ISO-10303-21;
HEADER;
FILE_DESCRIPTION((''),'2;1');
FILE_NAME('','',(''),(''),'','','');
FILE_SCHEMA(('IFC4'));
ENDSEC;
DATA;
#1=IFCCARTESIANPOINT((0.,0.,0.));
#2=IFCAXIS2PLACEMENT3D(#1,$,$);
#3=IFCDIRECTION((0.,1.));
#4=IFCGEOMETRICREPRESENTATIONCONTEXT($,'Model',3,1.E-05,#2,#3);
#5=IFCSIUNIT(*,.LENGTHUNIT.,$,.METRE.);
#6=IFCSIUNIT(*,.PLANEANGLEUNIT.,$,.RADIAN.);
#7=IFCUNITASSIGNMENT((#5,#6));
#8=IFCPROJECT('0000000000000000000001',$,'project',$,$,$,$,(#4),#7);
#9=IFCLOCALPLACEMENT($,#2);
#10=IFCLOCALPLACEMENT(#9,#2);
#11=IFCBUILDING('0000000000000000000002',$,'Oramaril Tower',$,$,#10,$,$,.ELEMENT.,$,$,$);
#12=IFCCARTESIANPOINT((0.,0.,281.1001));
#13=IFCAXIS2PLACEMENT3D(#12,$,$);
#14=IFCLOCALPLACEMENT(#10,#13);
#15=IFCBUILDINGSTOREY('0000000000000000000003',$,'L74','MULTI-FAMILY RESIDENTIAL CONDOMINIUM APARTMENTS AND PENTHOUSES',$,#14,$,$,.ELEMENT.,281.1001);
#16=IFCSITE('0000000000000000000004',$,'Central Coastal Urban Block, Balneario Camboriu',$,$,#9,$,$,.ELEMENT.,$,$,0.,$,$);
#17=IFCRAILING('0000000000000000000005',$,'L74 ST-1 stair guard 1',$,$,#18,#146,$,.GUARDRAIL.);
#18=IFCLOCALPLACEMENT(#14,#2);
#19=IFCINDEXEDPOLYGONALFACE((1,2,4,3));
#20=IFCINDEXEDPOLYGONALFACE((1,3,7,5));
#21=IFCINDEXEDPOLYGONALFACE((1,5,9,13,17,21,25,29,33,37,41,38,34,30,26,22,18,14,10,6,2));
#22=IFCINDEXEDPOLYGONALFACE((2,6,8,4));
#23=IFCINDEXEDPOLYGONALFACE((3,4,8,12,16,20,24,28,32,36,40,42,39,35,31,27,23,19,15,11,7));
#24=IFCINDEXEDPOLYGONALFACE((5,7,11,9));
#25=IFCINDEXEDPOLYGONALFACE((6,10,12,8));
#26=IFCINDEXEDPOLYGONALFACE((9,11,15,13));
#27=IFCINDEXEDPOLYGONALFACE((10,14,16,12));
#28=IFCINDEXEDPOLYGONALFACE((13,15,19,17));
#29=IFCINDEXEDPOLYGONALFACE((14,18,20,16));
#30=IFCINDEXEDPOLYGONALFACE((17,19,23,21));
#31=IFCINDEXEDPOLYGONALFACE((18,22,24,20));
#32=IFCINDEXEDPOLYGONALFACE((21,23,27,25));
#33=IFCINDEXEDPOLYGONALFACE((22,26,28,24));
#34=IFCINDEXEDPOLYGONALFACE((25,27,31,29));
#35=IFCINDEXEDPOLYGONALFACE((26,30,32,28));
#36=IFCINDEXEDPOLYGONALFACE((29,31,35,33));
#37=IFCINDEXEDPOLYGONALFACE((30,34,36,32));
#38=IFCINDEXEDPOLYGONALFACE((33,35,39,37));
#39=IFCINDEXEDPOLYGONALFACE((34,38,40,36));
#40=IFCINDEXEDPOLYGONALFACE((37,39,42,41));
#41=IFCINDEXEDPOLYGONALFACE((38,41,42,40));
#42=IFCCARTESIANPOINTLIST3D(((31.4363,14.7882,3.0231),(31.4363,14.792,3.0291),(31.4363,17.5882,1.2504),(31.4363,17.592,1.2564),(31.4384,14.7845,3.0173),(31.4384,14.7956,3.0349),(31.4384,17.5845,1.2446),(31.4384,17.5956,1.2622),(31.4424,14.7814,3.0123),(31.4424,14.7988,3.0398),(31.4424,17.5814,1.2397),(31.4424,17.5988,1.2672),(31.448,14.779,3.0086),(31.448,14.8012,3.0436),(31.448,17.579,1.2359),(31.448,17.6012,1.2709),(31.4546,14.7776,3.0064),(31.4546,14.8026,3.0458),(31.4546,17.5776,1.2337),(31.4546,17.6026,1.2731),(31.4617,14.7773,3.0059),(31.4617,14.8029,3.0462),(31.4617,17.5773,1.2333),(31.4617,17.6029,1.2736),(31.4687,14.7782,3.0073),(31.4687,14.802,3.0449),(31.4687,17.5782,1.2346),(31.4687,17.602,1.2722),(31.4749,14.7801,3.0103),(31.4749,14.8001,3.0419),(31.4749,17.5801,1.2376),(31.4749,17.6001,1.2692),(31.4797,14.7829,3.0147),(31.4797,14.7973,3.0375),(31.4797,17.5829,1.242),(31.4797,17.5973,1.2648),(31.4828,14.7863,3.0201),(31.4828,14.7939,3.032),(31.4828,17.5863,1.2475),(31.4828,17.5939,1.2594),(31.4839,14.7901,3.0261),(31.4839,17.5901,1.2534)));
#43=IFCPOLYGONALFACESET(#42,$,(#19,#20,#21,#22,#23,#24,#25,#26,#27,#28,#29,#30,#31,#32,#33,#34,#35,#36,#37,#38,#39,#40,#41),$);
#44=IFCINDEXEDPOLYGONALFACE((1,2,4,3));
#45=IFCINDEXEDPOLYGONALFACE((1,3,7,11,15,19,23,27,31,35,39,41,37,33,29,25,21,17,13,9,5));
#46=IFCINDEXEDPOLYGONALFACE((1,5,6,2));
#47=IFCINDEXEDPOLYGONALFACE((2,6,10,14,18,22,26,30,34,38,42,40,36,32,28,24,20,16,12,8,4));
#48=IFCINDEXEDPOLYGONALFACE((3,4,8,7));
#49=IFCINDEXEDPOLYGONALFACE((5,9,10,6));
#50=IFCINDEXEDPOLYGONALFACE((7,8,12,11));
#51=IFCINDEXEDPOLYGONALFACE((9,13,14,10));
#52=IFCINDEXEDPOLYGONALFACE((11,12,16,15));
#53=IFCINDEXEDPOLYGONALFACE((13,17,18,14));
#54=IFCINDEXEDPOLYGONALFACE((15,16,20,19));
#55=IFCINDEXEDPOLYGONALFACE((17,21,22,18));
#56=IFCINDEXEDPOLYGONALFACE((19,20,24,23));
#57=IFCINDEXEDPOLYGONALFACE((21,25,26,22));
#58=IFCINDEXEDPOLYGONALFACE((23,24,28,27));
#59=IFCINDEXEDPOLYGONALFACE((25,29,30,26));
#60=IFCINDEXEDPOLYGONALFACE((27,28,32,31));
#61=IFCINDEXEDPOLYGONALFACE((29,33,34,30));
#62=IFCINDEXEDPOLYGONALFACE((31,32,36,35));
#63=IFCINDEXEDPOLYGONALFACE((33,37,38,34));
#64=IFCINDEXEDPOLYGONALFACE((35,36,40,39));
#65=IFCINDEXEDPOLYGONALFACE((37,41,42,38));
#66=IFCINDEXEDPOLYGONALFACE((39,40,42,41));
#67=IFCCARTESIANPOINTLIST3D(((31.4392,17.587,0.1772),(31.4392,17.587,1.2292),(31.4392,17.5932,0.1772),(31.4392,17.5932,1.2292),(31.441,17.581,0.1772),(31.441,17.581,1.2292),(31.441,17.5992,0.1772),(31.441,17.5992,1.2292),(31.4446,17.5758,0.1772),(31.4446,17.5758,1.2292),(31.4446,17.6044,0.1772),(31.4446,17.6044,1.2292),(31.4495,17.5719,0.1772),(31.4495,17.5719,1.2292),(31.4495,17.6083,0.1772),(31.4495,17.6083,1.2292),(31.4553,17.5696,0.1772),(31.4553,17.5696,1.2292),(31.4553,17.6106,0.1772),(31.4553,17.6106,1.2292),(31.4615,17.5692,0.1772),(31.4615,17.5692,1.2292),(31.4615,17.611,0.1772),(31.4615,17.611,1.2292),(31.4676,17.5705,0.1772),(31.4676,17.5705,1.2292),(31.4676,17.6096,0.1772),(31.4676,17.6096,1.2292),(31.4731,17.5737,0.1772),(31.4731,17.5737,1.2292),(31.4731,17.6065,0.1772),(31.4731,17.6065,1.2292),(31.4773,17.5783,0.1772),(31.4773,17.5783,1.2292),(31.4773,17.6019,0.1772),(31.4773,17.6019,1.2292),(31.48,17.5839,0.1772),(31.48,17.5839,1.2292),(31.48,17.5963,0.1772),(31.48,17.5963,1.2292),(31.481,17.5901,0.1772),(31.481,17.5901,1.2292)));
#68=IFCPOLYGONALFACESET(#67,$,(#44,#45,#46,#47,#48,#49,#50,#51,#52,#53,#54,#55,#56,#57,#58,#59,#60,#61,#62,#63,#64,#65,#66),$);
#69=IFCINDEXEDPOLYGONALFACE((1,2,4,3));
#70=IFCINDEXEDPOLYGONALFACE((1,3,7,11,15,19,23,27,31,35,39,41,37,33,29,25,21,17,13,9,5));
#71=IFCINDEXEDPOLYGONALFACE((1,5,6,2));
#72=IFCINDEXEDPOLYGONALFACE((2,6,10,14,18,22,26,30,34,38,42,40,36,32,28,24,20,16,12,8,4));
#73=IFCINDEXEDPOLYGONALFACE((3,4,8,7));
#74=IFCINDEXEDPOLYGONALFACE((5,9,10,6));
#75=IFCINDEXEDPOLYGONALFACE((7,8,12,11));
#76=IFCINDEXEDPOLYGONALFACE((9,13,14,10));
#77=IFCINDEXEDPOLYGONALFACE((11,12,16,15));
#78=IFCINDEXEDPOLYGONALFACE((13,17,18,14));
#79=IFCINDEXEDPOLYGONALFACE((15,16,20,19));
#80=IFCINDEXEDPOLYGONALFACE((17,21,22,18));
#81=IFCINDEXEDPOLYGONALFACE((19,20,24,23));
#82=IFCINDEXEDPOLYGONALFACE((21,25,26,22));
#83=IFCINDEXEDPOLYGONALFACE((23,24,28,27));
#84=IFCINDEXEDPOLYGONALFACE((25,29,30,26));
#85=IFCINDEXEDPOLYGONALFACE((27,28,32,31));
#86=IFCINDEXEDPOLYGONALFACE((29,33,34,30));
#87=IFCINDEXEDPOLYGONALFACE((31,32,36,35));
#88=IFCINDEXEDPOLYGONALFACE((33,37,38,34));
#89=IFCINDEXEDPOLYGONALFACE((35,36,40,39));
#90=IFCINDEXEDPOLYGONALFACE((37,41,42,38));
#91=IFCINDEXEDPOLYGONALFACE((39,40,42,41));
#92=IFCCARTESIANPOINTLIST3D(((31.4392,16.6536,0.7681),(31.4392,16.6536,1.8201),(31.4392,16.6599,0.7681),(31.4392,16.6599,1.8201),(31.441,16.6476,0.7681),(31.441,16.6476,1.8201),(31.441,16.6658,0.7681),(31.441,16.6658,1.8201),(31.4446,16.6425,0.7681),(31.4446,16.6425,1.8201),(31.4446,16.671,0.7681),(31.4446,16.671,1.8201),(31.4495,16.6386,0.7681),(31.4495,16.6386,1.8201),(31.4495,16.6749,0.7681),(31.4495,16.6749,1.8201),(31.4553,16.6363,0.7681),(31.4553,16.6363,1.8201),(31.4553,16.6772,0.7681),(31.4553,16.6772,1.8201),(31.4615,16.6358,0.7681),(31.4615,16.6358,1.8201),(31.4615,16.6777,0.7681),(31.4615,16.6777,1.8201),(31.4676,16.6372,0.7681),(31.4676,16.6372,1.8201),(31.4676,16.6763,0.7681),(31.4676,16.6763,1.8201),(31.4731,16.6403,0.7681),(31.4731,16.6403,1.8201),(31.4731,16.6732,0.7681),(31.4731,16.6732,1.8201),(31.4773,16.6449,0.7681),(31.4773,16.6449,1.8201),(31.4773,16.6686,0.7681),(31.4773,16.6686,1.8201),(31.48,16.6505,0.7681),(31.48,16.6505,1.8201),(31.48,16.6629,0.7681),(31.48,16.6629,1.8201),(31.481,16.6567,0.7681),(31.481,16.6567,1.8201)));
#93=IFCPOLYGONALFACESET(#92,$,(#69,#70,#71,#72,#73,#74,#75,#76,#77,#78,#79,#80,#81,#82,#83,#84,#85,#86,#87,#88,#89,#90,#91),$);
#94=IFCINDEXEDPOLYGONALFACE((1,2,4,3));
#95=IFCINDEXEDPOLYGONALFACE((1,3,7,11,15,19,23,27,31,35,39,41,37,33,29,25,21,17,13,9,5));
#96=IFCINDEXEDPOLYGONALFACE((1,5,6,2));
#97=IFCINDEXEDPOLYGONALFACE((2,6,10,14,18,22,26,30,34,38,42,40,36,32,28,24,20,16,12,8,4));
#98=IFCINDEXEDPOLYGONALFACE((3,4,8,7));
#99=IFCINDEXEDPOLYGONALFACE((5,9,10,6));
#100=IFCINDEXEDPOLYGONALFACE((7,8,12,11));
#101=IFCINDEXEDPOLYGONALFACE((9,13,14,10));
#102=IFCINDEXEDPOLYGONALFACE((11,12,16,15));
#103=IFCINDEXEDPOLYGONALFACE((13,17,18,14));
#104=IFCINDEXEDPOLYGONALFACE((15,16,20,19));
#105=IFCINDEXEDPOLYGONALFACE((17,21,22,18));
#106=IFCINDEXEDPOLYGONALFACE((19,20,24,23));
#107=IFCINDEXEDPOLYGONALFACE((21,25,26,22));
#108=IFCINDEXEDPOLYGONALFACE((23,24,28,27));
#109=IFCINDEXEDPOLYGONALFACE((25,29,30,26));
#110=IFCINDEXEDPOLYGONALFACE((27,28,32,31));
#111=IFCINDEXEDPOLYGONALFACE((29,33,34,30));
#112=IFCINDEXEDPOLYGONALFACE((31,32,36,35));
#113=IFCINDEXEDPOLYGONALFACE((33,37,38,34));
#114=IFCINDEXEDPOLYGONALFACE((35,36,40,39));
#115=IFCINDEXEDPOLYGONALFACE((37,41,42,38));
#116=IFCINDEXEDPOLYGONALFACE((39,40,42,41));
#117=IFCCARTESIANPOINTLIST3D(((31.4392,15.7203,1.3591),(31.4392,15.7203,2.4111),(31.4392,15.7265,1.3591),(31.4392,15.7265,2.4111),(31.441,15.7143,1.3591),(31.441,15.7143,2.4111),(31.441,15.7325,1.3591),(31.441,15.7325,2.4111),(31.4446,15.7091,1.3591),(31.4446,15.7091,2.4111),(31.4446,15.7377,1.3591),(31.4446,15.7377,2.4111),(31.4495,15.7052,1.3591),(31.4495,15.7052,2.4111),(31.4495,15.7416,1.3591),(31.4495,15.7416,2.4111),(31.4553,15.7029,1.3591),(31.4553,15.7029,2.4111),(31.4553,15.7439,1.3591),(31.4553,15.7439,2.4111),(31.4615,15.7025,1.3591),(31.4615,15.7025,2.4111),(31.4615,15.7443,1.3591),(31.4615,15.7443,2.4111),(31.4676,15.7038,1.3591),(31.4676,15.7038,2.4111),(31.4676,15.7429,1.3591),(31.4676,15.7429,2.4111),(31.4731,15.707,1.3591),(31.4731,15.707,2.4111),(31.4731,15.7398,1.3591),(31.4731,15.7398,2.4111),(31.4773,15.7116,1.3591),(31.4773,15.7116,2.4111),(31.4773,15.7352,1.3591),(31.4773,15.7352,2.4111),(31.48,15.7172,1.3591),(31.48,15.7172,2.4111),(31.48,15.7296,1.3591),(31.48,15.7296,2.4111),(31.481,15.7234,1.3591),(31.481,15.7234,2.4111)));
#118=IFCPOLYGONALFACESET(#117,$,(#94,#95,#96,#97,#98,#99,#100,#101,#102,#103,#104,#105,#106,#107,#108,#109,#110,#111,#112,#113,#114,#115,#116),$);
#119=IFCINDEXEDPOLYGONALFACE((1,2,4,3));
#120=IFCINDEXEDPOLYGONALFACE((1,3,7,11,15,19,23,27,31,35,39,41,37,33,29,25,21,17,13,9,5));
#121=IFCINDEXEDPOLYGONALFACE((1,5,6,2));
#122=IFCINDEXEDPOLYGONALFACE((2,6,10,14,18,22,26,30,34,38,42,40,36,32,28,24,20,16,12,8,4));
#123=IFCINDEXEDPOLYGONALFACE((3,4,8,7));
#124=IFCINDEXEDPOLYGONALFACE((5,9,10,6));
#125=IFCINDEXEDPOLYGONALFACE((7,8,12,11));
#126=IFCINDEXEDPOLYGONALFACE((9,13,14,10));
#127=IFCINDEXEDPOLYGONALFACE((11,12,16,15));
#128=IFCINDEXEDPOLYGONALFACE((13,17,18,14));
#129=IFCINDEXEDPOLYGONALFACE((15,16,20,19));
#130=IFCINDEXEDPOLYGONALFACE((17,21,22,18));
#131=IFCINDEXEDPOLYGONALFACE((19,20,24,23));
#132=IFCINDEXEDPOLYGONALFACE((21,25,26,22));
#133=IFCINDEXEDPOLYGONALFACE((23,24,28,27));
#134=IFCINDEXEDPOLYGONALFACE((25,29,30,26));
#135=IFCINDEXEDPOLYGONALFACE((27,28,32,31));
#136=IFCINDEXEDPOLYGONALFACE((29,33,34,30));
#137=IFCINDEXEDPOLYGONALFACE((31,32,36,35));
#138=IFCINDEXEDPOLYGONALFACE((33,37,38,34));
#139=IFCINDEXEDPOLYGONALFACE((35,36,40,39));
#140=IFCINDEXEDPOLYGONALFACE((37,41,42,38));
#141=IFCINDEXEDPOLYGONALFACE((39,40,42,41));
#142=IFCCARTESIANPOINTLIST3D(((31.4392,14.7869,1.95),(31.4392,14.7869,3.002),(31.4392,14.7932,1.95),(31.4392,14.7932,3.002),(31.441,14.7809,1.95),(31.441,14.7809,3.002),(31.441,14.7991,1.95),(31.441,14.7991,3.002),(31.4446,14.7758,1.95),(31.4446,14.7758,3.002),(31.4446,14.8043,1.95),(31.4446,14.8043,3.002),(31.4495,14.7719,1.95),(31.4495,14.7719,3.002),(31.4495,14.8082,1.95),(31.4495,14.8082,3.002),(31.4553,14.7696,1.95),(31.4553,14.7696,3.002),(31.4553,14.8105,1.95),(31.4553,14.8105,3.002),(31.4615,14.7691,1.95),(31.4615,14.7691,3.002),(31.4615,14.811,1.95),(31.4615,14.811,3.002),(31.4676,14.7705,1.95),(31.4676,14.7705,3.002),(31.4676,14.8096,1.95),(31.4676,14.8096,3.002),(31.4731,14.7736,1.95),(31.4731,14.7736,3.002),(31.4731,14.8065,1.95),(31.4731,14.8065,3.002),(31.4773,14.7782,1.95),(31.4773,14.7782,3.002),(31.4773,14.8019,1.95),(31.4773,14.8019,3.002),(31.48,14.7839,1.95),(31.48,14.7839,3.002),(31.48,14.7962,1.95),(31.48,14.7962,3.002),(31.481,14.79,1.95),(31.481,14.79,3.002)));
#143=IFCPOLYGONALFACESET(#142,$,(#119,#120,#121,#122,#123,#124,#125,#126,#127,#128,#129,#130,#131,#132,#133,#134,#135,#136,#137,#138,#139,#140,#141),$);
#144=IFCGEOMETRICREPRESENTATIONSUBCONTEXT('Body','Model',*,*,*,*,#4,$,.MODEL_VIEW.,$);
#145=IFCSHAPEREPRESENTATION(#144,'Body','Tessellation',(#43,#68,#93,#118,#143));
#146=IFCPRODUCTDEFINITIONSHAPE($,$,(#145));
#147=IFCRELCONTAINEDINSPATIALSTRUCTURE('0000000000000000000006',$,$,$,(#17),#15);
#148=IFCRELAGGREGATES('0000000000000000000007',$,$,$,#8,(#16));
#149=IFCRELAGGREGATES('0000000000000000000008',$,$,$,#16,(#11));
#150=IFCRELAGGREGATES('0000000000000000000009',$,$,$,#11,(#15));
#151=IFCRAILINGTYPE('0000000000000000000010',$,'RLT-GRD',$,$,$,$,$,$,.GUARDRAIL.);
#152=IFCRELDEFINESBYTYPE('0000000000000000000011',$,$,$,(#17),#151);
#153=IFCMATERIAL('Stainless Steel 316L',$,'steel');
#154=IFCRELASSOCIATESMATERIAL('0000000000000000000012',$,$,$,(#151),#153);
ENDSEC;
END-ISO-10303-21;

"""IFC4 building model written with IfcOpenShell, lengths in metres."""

from ifc_helpers import new_model, si_unit, direction, frame, origin, origin_2d, place, context, subcontext, project, spatial, circle, extrude, material, type_object, element, save


model = new_model("IFC4")

# Units and contexts
model_context = context("Model", 3, precision=1e-05, world=origin(), true_north=direction((0.0, 1.0)))
body_context = subcontext(model_context, "Body", "Model", "MODEL_VIEW")
ifc_project = project(units=[si_unit("LENGTHUNIT", "METRE"), si_unit("PLANEANGLEUNIT", "RADIAN")], contexts=[model_context])

# Site, building, storey
site_placement = place(None, origin())
site = spatial("IfcSite", under=ifc_project, at=site_placement, Name="Central Coastal Urban Block, Balneario Camboriu", CompositionType="ELEMENT", RefElevation=0.0)
building_placement = place(site_placement, origin())
building = spatial("IfcBuilding", under=site, at=building_placement, Name="Oramaril Tower", CompositionType="ELEMENT")
storey_placement = place(building_placement, frame((0.0, 0.0, 281.1001)))
storey = spatial("IfcBuildingStorey", under=building, at=storey_placement, Name="L74", Description="MULTI-FAMILY RESIDENTIAL CONDOMINIUM APARTMENTS AND PENTHOUSES", CompositionType="ELEMENT", Elevation=281.1001)

# Railing
ifc_material_1 = material(Name="Stainless Steel 316L", Category="steel")
railing_type_1 = type_object("IfcRailingType", Name="RLT-GRD", PredefinedType="GUARDRAIL", material=ifc_material_1)
railing_1_placement = place(storey_placement, frame((31.46, 17.5901, 0.1772)))
element("IfcRailing", 1, at=railing_1_placement, inside=storey, type_object=railing_type_1, Name="L74 ST-1 stair guard 1", PredefinedType="GUARDRAIL", context=body_context, shape_type="SweptSolid", body=[
    extrude(circle(Radius=0.0239, at=origin_2d()), frame((0.0, 0.0, 1.0762), z_axis=(0.0, -0.844909, 0.53491), x_axis=(1.0, 0.0, 0.0)), (0.0, 0.0, 1.0), 3.314),
    extrude(circle(Radius=0.021, at=origin_2d()), origin(), (0.0, 0.0, 1.0), 1.052),
    extrude(circle(Radius=0.021, at=origin_2d()), frame((0.0, -0.9333, 0.5908)), (0.0, 0.0, 1.0), 1.052),
    extrude(circle(Radius=0.021, at=origin_2d()), frame((0.0, -1.8667, 1.1819)), (0.0, 0.0, 1.0), 1.052),
    extrude(circle(Radius=0.021, at=origin_2d()), frame((0.0, -2.8, 1.7727)), (0.0, 0.0, 1.0), 1.052),
])

save(model, "model.ifc")
